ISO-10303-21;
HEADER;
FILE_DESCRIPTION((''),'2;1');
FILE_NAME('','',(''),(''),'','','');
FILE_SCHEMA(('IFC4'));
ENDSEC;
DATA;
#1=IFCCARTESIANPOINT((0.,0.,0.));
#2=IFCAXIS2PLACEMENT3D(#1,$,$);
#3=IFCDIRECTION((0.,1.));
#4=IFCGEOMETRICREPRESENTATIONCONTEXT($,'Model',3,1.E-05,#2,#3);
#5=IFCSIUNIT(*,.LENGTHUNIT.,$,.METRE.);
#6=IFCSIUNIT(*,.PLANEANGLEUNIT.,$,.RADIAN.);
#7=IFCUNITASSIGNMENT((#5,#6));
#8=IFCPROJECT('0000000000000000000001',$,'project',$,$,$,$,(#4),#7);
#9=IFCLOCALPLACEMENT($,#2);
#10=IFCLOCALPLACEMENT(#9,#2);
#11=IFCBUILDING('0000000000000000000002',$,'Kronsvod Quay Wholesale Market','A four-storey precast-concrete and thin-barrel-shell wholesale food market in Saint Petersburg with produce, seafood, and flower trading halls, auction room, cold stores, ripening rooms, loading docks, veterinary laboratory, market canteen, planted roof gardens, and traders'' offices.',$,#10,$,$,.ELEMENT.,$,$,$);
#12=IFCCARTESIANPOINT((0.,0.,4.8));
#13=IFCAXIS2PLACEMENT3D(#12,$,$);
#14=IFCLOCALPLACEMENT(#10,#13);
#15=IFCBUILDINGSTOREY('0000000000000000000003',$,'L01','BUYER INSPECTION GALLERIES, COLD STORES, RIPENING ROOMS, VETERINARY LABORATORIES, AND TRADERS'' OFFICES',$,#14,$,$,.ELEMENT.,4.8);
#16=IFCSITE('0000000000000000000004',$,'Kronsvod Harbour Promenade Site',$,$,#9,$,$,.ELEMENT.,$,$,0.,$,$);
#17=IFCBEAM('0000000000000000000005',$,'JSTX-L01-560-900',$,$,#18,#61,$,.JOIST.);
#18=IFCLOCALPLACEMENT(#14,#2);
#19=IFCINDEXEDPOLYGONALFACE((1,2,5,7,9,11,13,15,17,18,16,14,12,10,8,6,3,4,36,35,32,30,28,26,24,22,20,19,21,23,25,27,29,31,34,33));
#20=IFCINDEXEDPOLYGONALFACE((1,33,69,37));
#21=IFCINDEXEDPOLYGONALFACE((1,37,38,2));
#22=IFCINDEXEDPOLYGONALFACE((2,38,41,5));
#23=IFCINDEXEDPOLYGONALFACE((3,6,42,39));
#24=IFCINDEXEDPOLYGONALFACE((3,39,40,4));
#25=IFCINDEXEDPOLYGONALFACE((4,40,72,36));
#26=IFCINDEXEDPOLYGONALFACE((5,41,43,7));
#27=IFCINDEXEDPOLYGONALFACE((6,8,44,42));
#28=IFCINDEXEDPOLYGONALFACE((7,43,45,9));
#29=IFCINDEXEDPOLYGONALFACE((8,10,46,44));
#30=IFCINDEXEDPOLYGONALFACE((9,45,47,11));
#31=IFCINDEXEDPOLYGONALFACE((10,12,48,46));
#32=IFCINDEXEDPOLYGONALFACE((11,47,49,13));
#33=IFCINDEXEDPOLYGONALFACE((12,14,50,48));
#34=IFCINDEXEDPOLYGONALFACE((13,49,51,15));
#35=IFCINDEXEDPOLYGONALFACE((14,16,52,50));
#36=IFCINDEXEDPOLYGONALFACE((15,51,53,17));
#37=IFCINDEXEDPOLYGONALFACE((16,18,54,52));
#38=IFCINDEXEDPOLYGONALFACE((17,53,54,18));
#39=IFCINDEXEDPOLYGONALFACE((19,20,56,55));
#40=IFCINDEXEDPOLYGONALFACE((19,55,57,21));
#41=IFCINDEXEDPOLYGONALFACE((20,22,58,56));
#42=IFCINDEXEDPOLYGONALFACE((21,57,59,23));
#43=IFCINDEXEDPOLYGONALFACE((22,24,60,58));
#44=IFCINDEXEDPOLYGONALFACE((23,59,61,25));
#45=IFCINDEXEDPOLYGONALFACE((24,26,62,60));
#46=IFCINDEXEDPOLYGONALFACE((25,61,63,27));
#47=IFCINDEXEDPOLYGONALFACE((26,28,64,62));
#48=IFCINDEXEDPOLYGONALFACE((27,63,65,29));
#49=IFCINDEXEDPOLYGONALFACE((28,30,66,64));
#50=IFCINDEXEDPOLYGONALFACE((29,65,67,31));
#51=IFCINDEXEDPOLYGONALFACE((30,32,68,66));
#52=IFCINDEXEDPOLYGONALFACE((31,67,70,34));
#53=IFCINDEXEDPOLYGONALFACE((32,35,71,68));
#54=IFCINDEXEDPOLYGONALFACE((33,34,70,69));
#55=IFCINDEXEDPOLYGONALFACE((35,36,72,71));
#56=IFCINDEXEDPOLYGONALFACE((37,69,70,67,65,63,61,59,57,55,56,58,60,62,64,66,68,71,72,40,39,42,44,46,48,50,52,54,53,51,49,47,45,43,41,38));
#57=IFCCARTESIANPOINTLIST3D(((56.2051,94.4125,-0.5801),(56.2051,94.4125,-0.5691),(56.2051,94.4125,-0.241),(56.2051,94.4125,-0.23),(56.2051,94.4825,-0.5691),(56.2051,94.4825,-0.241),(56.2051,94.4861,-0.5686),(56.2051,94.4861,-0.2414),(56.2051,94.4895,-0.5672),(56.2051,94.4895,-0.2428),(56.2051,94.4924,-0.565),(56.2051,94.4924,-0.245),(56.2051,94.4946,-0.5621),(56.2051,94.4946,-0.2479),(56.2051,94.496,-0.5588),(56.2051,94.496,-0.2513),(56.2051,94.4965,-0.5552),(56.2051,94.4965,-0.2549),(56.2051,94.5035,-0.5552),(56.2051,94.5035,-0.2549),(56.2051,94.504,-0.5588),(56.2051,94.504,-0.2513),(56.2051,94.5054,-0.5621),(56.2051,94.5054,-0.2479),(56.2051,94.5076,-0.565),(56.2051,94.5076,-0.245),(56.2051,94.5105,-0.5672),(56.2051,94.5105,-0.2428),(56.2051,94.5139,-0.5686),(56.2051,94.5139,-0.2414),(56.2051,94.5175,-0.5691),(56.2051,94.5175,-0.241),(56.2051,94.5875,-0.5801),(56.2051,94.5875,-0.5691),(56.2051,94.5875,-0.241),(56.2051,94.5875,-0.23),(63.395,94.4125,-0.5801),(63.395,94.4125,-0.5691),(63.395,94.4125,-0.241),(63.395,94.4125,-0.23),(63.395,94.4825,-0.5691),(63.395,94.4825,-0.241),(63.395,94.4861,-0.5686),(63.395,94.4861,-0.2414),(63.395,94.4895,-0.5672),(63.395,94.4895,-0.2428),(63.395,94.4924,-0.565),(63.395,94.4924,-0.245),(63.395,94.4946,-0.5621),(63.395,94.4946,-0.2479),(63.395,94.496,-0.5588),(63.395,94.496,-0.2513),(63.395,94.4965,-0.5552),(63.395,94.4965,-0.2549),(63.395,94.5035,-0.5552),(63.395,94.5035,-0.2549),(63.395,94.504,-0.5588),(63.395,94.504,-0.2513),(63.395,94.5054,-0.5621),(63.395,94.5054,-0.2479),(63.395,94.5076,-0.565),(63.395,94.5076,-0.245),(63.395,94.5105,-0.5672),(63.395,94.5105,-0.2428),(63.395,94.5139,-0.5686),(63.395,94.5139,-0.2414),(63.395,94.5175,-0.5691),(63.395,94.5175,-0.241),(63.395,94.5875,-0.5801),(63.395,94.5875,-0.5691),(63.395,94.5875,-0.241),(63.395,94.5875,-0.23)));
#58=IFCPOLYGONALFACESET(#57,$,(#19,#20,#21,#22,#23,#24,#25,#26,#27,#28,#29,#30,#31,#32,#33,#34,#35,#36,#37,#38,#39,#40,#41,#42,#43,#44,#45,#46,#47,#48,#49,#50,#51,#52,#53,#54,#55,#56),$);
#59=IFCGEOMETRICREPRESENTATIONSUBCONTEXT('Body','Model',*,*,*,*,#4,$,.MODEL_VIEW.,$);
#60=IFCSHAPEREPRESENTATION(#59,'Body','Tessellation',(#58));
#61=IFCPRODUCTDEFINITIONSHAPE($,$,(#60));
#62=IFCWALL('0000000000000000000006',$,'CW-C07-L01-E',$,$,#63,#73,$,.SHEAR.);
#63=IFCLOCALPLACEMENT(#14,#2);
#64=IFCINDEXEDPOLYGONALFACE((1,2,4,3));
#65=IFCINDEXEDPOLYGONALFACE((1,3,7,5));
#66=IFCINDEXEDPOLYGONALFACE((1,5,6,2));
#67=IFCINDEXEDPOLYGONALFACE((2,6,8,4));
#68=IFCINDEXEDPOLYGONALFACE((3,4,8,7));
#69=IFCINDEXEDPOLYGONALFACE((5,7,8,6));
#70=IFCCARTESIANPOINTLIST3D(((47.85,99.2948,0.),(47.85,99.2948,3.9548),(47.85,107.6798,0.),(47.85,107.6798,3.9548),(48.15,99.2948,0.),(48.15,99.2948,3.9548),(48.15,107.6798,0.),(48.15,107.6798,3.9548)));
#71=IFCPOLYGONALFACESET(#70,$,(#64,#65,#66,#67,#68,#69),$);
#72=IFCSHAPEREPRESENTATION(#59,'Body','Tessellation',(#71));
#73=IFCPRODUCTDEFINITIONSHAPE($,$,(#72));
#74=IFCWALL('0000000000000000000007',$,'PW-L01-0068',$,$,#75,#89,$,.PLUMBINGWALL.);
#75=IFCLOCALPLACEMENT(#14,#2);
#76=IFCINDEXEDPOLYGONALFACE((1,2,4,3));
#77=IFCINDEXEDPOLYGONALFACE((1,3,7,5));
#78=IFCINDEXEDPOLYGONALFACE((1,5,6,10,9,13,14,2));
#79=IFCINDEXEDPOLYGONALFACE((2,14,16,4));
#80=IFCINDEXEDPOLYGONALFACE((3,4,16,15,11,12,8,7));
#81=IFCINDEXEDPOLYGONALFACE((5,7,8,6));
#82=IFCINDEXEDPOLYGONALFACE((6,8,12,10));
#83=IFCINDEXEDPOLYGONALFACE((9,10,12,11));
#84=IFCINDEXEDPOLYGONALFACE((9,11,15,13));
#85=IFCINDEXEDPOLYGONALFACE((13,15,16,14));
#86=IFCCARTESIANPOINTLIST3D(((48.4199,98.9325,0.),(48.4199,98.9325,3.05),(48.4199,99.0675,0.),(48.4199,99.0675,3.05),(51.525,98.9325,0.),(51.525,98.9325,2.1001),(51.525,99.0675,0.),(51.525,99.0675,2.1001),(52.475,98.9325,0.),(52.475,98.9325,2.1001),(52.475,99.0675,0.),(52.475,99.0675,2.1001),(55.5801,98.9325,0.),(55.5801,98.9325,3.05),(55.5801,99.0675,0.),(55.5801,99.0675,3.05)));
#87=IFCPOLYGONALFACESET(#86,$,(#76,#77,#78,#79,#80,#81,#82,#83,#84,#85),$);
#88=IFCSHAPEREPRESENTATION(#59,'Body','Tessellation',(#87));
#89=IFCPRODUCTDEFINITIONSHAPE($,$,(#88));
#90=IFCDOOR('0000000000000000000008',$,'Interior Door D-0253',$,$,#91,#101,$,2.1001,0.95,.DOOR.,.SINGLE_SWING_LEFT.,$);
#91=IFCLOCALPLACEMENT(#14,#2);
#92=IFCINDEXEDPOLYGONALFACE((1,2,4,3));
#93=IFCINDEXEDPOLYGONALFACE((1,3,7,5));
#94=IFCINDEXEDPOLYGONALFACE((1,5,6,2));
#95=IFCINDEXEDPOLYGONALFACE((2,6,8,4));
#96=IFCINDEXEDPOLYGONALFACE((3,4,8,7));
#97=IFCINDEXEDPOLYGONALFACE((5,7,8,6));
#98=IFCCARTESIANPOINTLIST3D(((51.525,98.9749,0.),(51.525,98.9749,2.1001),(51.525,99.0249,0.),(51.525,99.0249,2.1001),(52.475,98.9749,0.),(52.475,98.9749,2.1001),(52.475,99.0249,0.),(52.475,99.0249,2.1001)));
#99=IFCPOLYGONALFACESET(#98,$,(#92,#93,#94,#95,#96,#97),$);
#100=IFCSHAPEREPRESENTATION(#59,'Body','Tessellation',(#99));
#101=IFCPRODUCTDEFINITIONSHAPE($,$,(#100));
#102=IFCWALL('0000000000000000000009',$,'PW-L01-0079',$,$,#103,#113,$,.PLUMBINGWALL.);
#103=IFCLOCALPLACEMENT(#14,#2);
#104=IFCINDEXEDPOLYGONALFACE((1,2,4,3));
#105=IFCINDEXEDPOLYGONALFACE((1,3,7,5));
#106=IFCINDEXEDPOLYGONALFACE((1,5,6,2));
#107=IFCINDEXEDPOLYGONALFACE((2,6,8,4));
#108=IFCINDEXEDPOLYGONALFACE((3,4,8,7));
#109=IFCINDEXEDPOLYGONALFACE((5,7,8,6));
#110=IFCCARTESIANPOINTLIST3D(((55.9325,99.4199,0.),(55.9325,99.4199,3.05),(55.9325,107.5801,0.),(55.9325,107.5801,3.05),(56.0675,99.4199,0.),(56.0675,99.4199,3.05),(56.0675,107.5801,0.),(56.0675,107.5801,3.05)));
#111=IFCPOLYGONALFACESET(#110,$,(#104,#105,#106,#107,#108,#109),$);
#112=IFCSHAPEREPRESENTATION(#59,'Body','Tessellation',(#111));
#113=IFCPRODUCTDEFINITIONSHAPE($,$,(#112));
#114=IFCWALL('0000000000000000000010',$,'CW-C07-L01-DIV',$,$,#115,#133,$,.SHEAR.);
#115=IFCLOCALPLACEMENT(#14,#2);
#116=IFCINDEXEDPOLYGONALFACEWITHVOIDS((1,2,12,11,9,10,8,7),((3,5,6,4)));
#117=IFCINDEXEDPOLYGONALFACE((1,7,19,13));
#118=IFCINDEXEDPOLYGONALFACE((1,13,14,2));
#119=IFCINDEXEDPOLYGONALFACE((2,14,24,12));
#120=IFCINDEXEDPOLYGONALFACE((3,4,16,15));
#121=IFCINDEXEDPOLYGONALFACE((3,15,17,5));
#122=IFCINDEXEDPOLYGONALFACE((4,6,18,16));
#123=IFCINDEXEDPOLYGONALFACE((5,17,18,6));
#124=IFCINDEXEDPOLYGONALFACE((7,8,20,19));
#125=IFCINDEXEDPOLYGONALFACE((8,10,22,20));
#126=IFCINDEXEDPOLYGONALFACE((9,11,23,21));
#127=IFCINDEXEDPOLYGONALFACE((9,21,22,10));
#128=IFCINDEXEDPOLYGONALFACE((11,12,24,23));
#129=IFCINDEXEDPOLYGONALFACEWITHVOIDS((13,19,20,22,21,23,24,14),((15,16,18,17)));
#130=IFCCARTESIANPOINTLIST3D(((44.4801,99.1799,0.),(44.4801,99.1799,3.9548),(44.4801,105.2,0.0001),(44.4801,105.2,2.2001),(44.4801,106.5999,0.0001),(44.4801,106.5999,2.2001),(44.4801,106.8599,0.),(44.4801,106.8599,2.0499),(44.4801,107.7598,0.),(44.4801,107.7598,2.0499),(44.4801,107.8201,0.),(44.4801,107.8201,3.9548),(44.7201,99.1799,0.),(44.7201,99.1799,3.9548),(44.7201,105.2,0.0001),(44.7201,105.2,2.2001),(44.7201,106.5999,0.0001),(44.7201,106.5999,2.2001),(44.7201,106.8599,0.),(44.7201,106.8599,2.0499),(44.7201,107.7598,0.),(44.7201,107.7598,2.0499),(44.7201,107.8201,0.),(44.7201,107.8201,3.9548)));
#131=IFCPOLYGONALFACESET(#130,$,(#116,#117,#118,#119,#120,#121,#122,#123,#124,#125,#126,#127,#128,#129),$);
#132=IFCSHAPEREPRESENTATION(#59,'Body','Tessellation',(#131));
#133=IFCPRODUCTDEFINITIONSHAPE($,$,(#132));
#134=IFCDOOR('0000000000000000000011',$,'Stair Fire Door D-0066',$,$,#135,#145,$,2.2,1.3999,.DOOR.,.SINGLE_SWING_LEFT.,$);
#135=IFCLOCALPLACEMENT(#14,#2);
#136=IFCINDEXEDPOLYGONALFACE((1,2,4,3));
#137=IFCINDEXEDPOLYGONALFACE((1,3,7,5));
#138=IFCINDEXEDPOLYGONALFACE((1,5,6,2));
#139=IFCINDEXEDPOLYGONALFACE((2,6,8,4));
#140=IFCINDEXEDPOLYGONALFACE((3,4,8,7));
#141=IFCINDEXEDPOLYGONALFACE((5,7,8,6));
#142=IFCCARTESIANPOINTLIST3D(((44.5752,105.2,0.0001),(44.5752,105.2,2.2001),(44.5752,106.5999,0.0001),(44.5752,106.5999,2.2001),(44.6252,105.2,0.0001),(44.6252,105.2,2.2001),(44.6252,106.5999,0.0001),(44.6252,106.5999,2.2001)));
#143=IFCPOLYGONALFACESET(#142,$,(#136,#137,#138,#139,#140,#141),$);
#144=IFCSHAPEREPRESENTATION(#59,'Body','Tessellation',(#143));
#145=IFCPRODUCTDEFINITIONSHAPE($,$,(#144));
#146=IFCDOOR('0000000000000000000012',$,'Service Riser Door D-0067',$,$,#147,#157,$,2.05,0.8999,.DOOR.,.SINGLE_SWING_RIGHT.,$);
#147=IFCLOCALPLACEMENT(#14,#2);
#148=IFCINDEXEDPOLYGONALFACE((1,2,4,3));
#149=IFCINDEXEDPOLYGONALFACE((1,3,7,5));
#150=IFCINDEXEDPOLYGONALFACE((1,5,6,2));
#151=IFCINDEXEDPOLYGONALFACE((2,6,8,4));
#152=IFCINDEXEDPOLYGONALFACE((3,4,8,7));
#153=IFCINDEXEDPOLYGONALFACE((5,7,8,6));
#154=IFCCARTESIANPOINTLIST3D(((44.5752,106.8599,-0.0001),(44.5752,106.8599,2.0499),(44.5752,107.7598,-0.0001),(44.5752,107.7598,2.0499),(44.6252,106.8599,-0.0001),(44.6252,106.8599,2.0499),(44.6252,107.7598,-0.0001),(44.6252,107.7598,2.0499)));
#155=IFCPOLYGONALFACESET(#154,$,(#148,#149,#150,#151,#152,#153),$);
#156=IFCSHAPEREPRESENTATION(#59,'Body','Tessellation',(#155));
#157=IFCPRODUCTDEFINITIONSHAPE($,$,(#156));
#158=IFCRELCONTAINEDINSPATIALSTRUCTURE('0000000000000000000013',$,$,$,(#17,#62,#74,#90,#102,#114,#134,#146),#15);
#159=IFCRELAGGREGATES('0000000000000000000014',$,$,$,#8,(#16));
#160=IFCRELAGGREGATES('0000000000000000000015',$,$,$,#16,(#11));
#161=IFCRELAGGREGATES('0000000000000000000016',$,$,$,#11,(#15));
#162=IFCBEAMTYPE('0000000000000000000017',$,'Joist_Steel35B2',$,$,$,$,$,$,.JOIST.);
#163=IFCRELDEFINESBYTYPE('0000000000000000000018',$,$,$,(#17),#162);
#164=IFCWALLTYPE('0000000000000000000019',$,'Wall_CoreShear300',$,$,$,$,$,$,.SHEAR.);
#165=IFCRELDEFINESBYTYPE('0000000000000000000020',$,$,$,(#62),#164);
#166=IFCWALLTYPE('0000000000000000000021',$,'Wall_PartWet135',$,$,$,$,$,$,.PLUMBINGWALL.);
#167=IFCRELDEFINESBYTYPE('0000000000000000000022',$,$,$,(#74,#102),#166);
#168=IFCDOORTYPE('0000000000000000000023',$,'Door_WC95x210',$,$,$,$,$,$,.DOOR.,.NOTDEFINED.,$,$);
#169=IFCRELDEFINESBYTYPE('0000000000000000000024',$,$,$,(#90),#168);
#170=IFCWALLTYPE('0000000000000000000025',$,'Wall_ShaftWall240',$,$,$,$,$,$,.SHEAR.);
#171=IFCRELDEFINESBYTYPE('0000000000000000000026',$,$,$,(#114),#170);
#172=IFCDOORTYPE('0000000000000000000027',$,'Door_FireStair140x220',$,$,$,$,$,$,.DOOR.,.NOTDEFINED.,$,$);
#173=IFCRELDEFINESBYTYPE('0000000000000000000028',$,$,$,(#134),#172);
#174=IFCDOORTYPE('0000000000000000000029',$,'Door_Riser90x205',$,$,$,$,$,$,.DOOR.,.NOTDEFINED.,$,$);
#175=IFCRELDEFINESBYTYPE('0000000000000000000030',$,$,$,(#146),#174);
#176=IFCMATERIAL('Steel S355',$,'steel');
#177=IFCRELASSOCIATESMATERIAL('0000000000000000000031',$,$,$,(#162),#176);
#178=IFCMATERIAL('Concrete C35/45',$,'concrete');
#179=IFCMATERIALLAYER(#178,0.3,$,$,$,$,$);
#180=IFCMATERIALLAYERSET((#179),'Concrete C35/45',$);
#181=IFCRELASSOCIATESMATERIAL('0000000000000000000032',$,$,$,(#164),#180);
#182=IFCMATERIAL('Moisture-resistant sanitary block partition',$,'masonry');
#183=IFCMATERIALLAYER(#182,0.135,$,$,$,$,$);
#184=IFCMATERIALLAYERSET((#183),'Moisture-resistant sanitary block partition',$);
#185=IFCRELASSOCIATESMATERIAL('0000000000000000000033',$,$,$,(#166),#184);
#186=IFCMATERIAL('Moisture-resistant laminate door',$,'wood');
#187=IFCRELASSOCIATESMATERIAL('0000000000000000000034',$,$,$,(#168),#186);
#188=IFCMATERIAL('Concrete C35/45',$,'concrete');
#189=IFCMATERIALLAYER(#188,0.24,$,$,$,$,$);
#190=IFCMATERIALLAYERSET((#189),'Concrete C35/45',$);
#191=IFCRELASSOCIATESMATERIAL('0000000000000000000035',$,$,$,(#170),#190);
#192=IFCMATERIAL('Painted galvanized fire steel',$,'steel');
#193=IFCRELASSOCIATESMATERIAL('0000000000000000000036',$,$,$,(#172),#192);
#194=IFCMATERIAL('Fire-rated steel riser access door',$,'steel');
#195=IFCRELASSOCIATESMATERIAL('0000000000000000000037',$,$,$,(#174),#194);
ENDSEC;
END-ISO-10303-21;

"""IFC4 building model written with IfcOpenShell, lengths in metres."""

from ifc_helpers import new_model, si_unit, direction, frame, frame_2d, origin, origin_2d, place, context, subcontext, project, spatial, rectangle, i_section, extrude, material, layer, layer_set, material_profile, profile_set, type_object, element, fill, save


model = new_model("IFC4")

# Units and contexts
model_context = context("Model", 3, precision=1e-05, world=origin(), true_north=direction((0.0, 1.0)))
body_context = subcontext(model_context, "Body", "Model", "MODEL_VIEW")
ifc_project = project(units=[si_unit("LENGTHUNIT", "METRE"), si_unit("PLANEANGLEUNIT", "RADIAN")], contexts=[model_context])

# Site, building, storey
site_placement = place(None, origin())
site = spatial("IfcSite", under=ifc_project, at=site_placement, Name="Kronsvod Harbour Promenade Site", CompositionType="ELEMENT", RefElevation=0.0)
building_placement = place(site_placement, origin())
building = spatial("IfcBuilding", under=site, at=building_placement, Name="Kronsvod Quay Wholesale Market", Description="A four-storey precast-concrete and thin-barrel-shell wholesale food market in Saint Petersburg with produce, seafood, and flower trading halls, auction room, cold stores, ripening rooms, loading docks, veterinary laboratory, market canteen, planted roof gardens, and traders' offices.", CompositionType="ELEMENT")
storey_placement = place(building_placement, frame((0.0, 0.0, 4.8)))
storey = spatial("IfcBuildingStorey", under=building, at=storey_placement, Name="L01", Description="BUYER INSPECTION GALLERIES, COLD STORES, RIPENING ROOMS, VETERINARY LABORATORIES, AND TRADERS' OFFICES", CompositionType="ELEMENT", Elevation=4.8)

# Beam
ifc_material_1 = material(Name="Steel S355", Category="steel")
ifc_material_profile_1 = material_profile(ifc_material_1, i_section(OverallWidth=0.175, OverallDepth=0.3501, WebThickness=0.0071, FlangeThickness=0.011, FilletRadius=0.0139, at=origin_2d()), Name="35B2")
ifc_profile_set_1 = profile_set([ifc_material_profile_1], Name="Steel S355")
beam_type_1 = type_object("IfcBeamType", Name="Joist_Steel35B2", PredefinedType="JOIST", material=ifc_profile_set_1)
beam_1_placement = place(storey_placement, frame((56.2051, 94.5, -0.405), z_axis=(1.0, 0.0, 0.0), x_axis=(0.0, 1.0, 0.0)))
element("IfcBeam", 1, at=beam_1_placement, inside=storey, type_object=beam_type_1, Name="JSTX-L01-560-900", PredefinedType="JOIST", context=body_context, shape_type="SweptSolid", body=[
    extrude(i_section(OverallWidth=0.175, OverallDepth=0.3501, WebThickness=0.0071, FlangeThickness=0.011, FilletRadius=0.0139, at=origin_2d()), origin(), (0.0, 0.0, 1.0), 7.1899),
])

# Wall
ifc_material_2 = material(Name="Concrete C35/45", Category="concrete")
ifc_layer_1 = layer(ifc_material_2, 0.3)
ifc_layer_set_1 = layer_set([ifc_layer_1], Name="Concrete C35/45")
wall_type_1 = type_object("IfcWallType", Name="Wall_CoreShear300", PredefinedType="SHEAR", material=ifc_layer_set_1)
wall_1_placement = place(storey_placement, frame((48.0, 99.2949, 0.0), z_axis=(0.0, 0.0, 1.0), x_axis=(0.0, 1.0, 0.0)))
element("IfcWall", 2, at=wall_1_placement, inside=storey, type_object=wall_type_1, Name="CW-C07-L01-E", PredefinedType="SHEAR", context=body_context, shape_type="SweptSolid", body=[
    extrude(rectangle(XDim=8.385, YDim=0.3, at=frame_2d((4.1924, 0.0))), origin(), (0.0, 0.0, 1.0), 3.9548),
])

# Wall, opening, door
ifc_material_3 = material(Name="Moisture-resistant sanitary block partition", Category="masonry")
ifc_layer_2 = layer(ifc_material_3, 0.135)
ifc_layer_set_2 = layer_set([ifc_layer_2], Name="Moisture-resistant sanitary block partition")
wall_type_2 = type_object("IfcWallType", Name="Wall_PartWet135", PredefinedType="PLUMBINGWALL", material=ifc_layer_set_2)
wall_2_placement = place(storey_placement, frame((48.4199, 99.0, 0.0), z_axis=(0.0, 0.0, 1.0), x_axis=(1.0, 0.0, 0.0)))
wall_2 = element("IfcWall", 3, at=wall_2_placement, inside=storey, type_object=wall_type_2, Name="PW-L01-0068", PredefinedType="PLUMBINGWALL", context=body_context, shape_type="SweptSolid", body=[
    extrude(rectangle(XDim=7.1602, YDim=0.135, at=frame_2d((3.5801, 0.0))), origin(), (0.0, 0.0, 1.0), 3.05),
])
opening_1_placement = place(wall_2_placement, frame((3.105, 0.0, 0.0)))
opening_1 = element("IfcOpeningElement", 4, at=opening_1_placement, cuts=wall_2, PredefinedType="OPENING", context=body_context, shape_type="SweptSolid", body=[
    extrude(rectangle(XDim=0.95, YDim=2.1001, at=frame_2d((0.4751, 1.05))), frame((0.0, 0.0776, 0.0), z_axis=(0.0, -1.0, 0.0), x_axis=(1.0, 0.0, 0.0)), (0.0, 0.0, 1.0), 0.155),
])
ifc_material_4 = material(Name="Moisture-resistant laminate door", Category="wood")
door_type_1 = type_object("IfcDoorType", Name="Door_WC95x210", OperationType="NOTDEFINED", PredefinedType="DOOR", material=ifc_material_4)
door_1_placement = place(opening_1_placement, origin())
door_1 = element("IfcDoor", 5, at=door_1_placement, inside=storey, type_object=door_type_1, Name="Interior Door D-0253", OperationType="SINGLE_SWING_LEFT", OverallHeight=2.1001, OverallWidth=0.95, PredefinedType="DOOR", context=body_context, shape_type="SweptSolid", body=[
    extrude(rectangle(XDim=0.95, YDim=2.1001, at=frame_2d((0.4751, 1.05))), frame((0.0, 0.0249, 0.0), z_axis=(0.0, -1.0, 0.0), x_axis=(1.0, 0.0, 0.0)), (0.0, 0.0, 1.0), 0.05),
])
fill(opening_1, door_1)

# Wall
wall_3_placement = place(storey_placement, frame((56.0, 99.4199, 0.0), z_axis=(0.0, 0.0, 1.0), x_axis=(0.0, 1.0, 0.0)))
element("IfcWall", 6, at=wall_3_placement, inside=storey, type_object=wall_type_2, Name="PW-L01-0079", PredefinedType="PLUMBINGWALL", context=body_context, shape_type="SweptSolid", body=[
    extrude(rectangle(XDim=8.1602, YDim=0.135, at=frame_2d((4.0801, 0.0))), origin(), (0.0, 0.0, 1.0), 3.05),
])

# Wall, openings, doors
ifc_material_5 = material(Name="Concrete C35/45", Category="concrete")
ifc_layer_3 = layer(ifc_material_5, 0.24)
ifc_layer_set_3 = layer_set([ifc_layer_3], Name="Concrete C35/45")
wall_type_3 = type_object("IfcWallType", Name="Wall_ShaftWall240", PredefinedType="SHEAR", material=ifc_layer_set_3)
wall_4_placement = place(storey_placement, frame((44.6001, 99.1799, 0.0), z_axis=(0.0, 0.0, 1.0), x_axis=(0.0, 1.0, 0.0)))
wall_4 = element("IfcWall", 7, at=wall_4_placement, inside=storey, type_object=wall_type_3, Name="CW-C07-L01-DIV", PredefinedType="SHEAR", context=body_context, shape_type="SweptSolid", body=[
    extrude(rectangle(XDim=8.6401, YDim=0.24, at=frame_2d((4.3201, 0.0))), origin(), (0.0, 0.0, 1.0), 3.9548),
])
opening_2_placement = place(wall_4_placement, frame((6.02, 0.0, 0.0)))
opening_2 = element("IfcOpeningElement", 8, at=opening_2_placement, cuts=wall_4, PredefinedType="OPENING", context=body_context, shape_type="SweptSolid", body=[
    extrude(rectangle(XDim=1.3999, YDim=2.2, at=frame_2d((0.7, 1.1001))), frame((0.0, 0.1299, 0.0), z_axis=(0.0, -1.0, 0.0), x_axis=(1.0, 0.0, 0.0)), (0.0, 0.0, 1.0), 0.26),
])
opening_3_placement = place(wall_4_placement, frame((7.6799, 0.0, 0.0)))
opening_3 = element("IfcOpeningElement", 9, at=opening_3_placement, cuts=wall_4, PredefinedType="OPENING", context=body_context, shape_type="SweptSolid", body=[
    extrude(rectangle(XDim=0.8999, YDim=2.05, at=frame_2d((0.45, 1.0249))), frame((0.0, 0.1299, 0.0), z_axis=(0.0, -1.0, 0.0), x_axis=(1.0, 0.0, 0.0)), (0.0, 0.0, 1.0), 0.26),
])
ifc_material_6 = material(Name="Painted galvanized fire steel", Category="steel")
door_type_2 = type_object("IfcDoorType", Name="Door_FireStair140x220", OperationType="NOTDEFINED", PredefinedType="DOOR", material=ifc_material_6)
door_2_placement = place(opening_2_placement, origin())
door_2 = element("IfcDoor", 10, at=door_2_placement, inside=storey, type_object=door_type_2, Name="Stair Fire Door D-0066", OperationType="SINGLE_SWING_LEFT", OverallHeight=2.2, OverallWidth=1.3999, PredefinedType="DOOR", context=body_context, shape_type="SweptSolid", body=[
    extrude(rectangle(XDim=1.3999, YDim=2.2, at=frame_2d((0.7, 1.1001))), frame((0.0, 0.0249, 0.0), z_axis=(0.0, -1.0, 0.0), x_axis=(1.0, 0.0, 0.0)), (0.0, 0.0, 1.0), 0.05),
])
fill(opening_2, door_2)
ifc_material_7 = material(Name="Fire-rated steel riser access door", Category="steel")
door_type_3 = type_object("IfcDoorType", Name="Door_Riser90x205", OperationType="NOTDEFINED", PredefinedType="DOOR", material=ifc_material_7)
door_3_placement = place(opening_3_placement, origin())
door_3 = element("IfcDoor", 11, at=door_3_placement, inside=storey, type_object=door_type_3, Name="Service Riser Door D-0067", OperationType="SINGLE_SWING_RIGHT", OverallHeight=2.05, OverallWidth=0.8999, PredefinedType="DOOR", context=body_context, shape_type="SweptSolid", body=[
    extrude(rectangle(XDim=0.8999, YDim=2.05, at=frame_2d((0.45, 1.0249))), frame((0.0, 0.0249, 0.0), z_axis=(0.0, -1.0, 0.0), x_axis=(1.0, 0.0, 0.0)), (0.0, 0.0, 1.0), 0.05),
])
fill(opening_3, door_3)

save(model, "model.ifc")
